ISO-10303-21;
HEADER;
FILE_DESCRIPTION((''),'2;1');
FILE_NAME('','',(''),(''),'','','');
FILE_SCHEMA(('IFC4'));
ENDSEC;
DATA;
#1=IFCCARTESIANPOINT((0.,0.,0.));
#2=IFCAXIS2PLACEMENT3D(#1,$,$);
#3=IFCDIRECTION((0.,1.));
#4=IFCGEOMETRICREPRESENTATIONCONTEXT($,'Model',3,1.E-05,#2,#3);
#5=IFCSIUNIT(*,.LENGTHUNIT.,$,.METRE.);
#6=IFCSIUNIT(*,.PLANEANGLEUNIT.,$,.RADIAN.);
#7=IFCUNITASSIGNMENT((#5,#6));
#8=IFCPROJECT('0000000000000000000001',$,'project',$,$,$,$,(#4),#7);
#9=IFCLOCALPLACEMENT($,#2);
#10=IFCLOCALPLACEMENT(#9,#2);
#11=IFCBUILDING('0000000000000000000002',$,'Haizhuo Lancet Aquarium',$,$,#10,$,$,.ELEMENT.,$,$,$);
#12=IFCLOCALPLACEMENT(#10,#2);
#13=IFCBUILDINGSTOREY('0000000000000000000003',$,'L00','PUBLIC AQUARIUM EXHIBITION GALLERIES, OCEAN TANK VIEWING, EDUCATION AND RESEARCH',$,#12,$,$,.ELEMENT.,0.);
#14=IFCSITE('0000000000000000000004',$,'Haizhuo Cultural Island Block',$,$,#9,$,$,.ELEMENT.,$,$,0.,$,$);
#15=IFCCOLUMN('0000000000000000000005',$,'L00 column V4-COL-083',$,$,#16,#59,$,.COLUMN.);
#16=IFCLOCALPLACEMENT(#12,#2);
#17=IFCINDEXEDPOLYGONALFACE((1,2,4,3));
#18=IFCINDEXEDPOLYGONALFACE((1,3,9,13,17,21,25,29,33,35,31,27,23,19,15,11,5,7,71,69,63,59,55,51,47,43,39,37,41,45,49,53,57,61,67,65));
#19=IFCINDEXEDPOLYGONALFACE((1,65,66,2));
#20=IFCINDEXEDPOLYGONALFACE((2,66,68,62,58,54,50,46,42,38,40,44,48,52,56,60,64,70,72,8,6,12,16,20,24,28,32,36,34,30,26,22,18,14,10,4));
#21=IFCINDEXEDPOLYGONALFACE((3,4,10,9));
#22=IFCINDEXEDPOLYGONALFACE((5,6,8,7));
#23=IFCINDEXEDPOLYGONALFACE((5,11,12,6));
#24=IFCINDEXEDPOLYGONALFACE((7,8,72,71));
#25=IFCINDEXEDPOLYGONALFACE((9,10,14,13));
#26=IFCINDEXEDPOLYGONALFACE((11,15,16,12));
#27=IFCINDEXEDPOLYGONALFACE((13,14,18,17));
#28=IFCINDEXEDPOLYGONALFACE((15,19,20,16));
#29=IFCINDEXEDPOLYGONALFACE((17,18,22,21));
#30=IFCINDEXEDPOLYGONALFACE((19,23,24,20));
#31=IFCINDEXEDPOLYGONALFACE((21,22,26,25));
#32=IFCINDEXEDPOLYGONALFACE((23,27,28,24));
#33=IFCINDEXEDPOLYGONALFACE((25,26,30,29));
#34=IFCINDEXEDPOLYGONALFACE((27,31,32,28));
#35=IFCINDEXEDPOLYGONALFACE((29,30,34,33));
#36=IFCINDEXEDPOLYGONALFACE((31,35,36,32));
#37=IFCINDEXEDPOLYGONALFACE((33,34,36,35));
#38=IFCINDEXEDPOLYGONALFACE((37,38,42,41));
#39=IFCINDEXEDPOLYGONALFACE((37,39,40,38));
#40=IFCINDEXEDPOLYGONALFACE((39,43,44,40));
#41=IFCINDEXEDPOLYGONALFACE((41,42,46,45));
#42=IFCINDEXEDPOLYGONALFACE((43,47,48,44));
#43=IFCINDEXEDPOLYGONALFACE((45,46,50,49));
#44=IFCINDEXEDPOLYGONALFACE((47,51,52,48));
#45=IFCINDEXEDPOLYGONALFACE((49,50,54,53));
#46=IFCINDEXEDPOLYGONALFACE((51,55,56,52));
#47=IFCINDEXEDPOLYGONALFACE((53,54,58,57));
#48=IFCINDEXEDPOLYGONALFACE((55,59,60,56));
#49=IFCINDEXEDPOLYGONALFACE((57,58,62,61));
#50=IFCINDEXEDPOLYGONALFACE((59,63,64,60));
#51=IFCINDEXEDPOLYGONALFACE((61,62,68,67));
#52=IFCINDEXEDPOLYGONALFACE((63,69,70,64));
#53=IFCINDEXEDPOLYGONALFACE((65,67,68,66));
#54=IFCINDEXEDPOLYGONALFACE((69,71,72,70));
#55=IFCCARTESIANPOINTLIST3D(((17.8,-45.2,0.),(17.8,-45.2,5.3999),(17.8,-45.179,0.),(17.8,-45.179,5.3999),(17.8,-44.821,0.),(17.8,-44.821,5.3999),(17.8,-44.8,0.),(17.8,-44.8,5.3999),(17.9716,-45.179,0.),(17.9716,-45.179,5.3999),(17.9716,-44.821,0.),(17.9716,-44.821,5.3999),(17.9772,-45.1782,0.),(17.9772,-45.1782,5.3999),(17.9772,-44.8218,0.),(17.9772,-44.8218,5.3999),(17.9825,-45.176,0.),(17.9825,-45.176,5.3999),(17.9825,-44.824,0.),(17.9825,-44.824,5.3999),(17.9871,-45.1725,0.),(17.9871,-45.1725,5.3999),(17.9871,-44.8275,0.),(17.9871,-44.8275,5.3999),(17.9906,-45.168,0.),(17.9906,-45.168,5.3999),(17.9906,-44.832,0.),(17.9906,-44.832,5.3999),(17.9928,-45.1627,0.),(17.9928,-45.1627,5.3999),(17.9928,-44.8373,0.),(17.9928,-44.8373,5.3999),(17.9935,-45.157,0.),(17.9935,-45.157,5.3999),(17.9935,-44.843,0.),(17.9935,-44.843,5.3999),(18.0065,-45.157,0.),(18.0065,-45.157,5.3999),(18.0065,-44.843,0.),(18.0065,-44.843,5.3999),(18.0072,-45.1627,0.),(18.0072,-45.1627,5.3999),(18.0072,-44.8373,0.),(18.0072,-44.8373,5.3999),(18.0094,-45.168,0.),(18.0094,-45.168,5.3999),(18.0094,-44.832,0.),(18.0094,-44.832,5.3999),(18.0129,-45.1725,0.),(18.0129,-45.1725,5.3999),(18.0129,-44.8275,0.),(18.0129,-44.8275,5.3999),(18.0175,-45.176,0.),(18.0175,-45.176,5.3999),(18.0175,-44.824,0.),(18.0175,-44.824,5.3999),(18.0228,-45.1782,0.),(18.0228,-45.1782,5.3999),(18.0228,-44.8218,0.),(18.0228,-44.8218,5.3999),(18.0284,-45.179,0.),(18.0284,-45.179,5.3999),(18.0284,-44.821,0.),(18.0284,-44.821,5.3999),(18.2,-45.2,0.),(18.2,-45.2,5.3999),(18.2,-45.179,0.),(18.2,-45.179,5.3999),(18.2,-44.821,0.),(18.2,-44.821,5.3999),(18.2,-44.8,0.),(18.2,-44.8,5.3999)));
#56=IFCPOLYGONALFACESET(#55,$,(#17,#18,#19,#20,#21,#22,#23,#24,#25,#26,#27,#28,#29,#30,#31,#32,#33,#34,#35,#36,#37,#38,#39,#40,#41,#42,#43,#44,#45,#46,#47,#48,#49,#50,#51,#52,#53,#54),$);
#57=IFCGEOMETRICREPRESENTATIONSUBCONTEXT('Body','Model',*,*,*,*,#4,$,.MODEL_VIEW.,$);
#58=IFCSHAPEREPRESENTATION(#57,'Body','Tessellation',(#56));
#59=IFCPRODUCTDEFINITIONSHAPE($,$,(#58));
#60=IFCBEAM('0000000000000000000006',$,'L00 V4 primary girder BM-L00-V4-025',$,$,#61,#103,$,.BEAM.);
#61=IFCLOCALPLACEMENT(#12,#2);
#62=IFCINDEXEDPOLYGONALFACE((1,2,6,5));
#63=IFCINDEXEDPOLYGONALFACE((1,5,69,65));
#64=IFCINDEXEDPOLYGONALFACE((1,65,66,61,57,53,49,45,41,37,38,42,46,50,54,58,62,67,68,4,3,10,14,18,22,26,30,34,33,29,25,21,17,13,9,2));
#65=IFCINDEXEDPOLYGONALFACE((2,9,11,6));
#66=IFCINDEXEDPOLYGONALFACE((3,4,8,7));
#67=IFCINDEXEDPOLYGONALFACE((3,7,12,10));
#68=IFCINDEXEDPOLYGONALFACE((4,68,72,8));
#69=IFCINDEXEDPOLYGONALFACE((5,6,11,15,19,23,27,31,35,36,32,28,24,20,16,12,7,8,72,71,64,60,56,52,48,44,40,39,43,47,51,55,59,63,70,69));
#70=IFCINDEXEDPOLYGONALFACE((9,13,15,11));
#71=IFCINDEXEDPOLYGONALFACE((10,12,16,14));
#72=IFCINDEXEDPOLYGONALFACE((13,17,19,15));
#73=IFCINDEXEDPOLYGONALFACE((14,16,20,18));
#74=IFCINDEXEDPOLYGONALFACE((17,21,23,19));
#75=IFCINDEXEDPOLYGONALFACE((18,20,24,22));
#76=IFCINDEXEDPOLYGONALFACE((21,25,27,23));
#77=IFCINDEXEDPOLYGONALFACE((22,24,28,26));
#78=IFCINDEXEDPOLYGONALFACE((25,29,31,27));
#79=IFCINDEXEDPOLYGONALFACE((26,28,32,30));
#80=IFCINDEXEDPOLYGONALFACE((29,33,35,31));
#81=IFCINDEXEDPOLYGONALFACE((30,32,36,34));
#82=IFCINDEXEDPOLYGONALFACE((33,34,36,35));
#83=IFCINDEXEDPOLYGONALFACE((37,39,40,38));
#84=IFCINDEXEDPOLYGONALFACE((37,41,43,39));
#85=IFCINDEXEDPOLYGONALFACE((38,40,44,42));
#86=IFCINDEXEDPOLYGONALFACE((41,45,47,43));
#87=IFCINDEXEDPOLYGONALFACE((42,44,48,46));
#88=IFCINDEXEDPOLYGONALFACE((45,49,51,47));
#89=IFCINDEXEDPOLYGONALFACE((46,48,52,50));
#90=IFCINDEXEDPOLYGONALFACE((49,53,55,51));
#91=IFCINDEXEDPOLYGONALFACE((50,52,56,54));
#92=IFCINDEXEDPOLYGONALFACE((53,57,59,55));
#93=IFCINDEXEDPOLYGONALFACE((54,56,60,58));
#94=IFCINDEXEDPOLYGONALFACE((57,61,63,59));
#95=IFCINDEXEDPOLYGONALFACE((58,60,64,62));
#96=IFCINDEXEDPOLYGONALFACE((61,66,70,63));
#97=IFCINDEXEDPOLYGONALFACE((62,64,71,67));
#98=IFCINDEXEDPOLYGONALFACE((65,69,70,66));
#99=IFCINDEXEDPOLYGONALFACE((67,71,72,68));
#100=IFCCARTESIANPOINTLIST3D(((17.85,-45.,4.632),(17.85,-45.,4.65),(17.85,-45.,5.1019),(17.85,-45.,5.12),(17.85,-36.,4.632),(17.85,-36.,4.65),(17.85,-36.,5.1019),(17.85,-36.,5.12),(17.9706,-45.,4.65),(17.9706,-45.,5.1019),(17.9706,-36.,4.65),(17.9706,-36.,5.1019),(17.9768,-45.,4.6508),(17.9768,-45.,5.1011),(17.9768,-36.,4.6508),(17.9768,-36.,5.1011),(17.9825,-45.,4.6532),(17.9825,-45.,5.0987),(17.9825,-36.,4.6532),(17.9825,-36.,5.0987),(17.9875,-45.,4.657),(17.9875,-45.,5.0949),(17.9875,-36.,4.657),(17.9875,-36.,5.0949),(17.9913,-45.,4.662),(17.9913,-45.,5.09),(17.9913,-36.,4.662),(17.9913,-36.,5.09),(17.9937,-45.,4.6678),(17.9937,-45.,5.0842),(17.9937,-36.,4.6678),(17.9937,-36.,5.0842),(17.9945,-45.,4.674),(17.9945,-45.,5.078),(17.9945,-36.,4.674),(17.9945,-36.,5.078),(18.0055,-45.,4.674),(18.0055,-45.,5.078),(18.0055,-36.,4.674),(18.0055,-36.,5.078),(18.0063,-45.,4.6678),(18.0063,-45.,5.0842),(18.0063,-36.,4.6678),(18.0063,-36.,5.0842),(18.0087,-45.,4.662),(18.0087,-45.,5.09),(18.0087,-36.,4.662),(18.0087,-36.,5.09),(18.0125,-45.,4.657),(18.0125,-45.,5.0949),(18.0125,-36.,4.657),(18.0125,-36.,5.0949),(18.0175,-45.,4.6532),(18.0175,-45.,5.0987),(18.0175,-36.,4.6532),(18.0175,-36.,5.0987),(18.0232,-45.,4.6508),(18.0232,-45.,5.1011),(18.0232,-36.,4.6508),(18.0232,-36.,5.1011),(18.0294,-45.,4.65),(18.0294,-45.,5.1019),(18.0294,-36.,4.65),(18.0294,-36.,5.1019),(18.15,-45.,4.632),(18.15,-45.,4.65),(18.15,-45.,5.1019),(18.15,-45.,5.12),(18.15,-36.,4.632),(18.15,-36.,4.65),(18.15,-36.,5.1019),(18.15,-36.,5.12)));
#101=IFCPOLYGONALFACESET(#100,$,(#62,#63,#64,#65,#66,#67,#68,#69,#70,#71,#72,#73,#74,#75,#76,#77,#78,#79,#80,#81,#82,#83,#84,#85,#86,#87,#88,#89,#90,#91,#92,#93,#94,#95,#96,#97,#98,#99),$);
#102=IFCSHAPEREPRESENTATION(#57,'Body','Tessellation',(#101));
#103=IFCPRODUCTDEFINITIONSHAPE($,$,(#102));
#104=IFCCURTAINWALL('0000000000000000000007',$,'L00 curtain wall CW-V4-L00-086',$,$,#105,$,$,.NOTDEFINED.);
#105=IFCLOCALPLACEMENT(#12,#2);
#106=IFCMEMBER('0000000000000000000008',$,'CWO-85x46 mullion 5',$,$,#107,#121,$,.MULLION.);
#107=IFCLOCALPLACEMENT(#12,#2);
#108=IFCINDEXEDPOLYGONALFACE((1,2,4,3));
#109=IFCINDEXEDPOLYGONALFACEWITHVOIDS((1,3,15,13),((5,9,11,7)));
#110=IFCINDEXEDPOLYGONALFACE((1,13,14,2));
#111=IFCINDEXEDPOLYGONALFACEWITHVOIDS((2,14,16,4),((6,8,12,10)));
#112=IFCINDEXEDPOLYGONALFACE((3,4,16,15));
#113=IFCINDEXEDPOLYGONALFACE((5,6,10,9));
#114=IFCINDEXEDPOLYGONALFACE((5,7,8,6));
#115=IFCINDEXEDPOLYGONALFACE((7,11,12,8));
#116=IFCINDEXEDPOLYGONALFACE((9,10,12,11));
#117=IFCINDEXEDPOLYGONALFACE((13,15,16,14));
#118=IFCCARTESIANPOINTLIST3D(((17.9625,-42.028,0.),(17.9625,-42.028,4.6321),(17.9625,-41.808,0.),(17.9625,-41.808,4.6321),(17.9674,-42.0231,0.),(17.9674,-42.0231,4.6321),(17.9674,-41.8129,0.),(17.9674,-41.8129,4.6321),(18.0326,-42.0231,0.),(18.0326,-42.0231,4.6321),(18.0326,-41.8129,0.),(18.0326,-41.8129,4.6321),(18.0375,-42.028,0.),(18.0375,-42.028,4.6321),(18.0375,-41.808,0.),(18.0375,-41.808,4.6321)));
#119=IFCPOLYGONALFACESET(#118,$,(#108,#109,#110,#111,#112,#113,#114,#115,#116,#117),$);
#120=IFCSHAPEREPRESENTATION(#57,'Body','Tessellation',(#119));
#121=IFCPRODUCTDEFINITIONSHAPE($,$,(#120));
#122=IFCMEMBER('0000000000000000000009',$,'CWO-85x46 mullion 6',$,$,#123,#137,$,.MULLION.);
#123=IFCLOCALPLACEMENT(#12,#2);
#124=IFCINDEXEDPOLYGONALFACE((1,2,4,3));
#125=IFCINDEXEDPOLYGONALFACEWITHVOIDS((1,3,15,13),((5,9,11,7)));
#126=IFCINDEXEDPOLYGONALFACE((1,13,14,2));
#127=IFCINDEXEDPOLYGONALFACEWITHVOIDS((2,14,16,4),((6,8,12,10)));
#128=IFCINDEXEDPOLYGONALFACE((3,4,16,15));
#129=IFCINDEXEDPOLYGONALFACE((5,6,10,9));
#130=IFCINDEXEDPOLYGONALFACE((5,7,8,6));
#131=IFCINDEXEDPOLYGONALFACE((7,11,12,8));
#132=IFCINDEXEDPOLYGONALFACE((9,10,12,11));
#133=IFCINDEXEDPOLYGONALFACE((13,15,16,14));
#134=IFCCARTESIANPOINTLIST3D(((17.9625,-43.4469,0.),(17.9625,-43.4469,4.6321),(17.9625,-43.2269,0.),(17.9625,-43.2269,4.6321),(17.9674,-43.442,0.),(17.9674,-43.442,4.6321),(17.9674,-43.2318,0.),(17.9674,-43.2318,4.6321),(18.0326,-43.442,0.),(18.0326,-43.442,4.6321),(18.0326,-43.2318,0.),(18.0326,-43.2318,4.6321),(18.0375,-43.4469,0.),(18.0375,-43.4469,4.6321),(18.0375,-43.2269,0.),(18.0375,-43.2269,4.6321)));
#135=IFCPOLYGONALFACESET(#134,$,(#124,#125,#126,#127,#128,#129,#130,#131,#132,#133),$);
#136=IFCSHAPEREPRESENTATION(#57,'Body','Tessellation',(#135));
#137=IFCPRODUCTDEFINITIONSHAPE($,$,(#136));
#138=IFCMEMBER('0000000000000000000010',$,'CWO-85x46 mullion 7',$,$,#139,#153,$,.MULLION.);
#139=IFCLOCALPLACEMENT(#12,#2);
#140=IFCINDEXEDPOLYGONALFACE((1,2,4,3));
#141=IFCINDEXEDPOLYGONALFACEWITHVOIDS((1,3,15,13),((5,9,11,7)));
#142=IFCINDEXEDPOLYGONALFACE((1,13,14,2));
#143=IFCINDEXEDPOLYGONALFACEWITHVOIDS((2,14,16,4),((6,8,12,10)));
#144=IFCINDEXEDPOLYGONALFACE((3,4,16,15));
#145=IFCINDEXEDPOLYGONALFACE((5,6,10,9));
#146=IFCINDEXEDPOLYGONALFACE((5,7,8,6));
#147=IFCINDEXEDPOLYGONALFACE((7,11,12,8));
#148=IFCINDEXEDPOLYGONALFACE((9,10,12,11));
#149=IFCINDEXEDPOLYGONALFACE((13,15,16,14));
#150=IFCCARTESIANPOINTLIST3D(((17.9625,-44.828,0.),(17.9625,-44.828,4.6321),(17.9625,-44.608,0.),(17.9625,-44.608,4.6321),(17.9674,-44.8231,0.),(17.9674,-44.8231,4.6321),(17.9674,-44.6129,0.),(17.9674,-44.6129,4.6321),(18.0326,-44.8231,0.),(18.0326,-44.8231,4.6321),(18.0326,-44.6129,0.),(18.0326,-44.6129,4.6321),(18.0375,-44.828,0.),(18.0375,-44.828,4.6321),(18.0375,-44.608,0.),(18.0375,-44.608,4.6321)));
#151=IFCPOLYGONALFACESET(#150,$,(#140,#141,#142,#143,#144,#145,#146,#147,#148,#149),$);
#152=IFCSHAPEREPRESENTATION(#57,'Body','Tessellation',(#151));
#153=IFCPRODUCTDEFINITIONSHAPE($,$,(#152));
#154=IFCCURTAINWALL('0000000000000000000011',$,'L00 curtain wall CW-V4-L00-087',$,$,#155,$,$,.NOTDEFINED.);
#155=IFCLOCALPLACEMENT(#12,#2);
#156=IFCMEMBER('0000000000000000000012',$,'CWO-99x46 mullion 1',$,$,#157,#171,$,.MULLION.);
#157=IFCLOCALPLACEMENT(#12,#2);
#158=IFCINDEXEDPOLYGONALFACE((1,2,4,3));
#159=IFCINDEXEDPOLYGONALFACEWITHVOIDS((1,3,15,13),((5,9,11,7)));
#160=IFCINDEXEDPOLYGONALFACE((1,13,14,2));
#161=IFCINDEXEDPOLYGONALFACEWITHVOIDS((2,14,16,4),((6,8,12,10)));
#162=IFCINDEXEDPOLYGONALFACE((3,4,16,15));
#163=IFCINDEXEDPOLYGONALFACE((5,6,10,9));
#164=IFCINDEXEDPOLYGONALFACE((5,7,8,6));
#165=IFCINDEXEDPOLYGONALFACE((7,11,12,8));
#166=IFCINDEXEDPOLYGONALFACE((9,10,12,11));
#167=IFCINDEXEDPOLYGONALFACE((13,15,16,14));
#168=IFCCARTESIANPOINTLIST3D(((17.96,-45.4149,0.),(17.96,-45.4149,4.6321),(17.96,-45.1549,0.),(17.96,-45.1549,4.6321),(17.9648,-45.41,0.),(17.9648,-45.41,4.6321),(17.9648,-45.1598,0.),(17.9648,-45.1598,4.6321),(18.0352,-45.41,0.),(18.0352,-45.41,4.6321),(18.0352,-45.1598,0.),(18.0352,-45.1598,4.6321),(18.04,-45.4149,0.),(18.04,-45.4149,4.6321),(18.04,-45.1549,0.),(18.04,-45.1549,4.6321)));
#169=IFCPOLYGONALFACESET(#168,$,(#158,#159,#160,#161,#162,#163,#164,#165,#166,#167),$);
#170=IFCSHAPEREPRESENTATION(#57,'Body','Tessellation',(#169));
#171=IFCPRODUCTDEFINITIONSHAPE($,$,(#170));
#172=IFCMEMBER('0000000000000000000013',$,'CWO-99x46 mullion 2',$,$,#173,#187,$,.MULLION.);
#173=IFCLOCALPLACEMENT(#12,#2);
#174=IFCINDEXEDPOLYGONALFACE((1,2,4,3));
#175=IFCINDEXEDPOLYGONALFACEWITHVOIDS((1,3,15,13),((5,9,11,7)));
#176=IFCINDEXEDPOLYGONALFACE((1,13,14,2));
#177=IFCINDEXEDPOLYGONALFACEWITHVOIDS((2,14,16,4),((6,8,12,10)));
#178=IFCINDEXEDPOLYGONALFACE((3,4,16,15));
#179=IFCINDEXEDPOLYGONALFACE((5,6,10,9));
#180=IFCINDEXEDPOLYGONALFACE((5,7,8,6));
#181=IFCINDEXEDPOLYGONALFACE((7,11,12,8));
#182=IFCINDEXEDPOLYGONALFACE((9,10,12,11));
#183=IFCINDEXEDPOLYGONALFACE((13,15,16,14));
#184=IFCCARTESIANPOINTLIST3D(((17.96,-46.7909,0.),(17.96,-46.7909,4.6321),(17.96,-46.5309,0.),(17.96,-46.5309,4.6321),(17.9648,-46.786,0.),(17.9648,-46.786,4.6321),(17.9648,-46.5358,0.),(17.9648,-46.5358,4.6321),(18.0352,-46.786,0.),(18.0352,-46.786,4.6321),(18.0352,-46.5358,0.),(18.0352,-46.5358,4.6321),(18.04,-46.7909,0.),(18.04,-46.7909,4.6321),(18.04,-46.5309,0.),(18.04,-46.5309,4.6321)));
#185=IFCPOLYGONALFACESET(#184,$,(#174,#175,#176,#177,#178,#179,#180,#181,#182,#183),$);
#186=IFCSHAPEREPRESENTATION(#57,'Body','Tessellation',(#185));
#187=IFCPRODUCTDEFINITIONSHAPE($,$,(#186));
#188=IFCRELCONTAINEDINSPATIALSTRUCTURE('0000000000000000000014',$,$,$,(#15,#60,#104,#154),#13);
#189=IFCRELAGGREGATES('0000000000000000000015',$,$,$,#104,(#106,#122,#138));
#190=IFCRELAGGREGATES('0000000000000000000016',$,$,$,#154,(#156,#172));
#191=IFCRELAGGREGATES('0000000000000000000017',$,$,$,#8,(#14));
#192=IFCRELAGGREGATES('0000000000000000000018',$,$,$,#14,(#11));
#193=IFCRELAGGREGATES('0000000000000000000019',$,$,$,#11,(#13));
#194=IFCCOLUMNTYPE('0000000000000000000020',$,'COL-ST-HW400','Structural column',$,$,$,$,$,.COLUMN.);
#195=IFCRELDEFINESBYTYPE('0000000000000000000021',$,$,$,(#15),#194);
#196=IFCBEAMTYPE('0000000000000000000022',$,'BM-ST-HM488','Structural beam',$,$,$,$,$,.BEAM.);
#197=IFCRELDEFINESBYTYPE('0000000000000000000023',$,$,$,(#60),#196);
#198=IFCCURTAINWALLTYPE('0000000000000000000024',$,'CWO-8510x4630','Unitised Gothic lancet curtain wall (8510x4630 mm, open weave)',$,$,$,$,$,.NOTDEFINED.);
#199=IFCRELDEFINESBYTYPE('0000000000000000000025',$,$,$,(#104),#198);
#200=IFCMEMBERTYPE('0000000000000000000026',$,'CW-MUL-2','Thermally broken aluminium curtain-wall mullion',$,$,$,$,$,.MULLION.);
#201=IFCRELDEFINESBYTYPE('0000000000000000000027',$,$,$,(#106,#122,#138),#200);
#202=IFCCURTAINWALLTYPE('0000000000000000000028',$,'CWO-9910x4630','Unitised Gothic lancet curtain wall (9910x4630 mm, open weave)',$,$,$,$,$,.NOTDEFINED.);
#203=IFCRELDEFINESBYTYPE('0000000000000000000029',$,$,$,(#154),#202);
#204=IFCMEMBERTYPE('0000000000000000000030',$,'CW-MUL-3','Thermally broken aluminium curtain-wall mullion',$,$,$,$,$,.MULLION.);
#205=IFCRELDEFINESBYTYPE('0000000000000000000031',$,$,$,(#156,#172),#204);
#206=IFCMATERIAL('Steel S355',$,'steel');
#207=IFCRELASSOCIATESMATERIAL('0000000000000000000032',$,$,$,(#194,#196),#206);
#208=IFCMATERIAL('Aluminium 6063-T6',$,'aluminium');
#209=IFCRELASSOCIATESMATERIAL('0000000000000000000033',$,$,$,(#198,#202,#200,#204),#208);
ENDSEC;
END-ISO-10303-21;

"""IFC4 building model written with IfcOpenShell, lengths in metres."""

from ifc_helpers import new_model, si_unit, direction, frame, origin, origin_2d, place, context, subcontext, project, spatial, hollow_rectangle, i_section, extrude, material, material_profile, profile_set, type_object, element, aggregate, save


model = new_model("IFC4")

# Units and contexts
model_context = context("Model", 3, precision=1e-05, world=origin(), true_north=direction((0.0, 1.0)))
body_context = subcontext(model_context, "Body", "Model", "MODEL_VIEW")
ifc_project = project(units=[si_unit("LENGTHUNIT", "METRE"), si_unit("PLANEANGLEUNIT", "RADIAN")], contexts=[model_context])

# Site, building, storey
site_placement = place(None, origin())
site = spatial("IfcSite", under=ifc_project, at=site_placement, Name="Haizhuo Cultural Island Block", CompositionType="ELEMENT", RefElevation=0.0)
building_placement = place(site_placement, origin())
building = spatial("IfcBuilding", under=site, at=building_placement, Name="Haizhuo Lancet Aquarium", CompositionType="ELEMENT")
storey_placement = place(building_placement, origin())
storey = spatial("IfcBuildingStorey", under=building, at=storey_placement, Name="L00", Description="PUBLIC AQUARIUM EXHIBITION GALLERIES, OCEAN TANK VIEWING, EDUCATION AND RESEARCH", CompositionType="ELEMENT", Elevation=0.0)

# Column
ifc_material_1 = material(Name="Steel S355", Category="steel")
ifc_material_profile_1 = material_profile(ifc_material_1, i_section(OverallWidth=0.3999, OverallDepth=0.3999, WebThickness=0.0129, FlangeThickness=0.021, FilletRadius=0.022, at=origin_2d()), Name="HW 400x400x13x21")
ifc_profile_set_1 = profile_set([ifc_material_profile_1], Name="Steel S355")
column_type = type_object("IfcColumnType", Name="COL-ST-HW400", Description="Structural column", PredefinedType="COLUMN", material=ifc_profile_set_1)
column_placement = place(storey_placement, frame((18.0, -45.0, 0.0), z_axis=(0.0, 0.0, 1.0), x_axis=(1.0, 0.0, 0.0)))
element("IfcColumn", 1, at=column_placement, inside=storey, type_object=column_type, Name="L00 column V4-COL-083", PredefinedType="COLUMN", context=body_context, shape_type="SweptSolid", body=[
    extrude(i_section(OverallWidth=0.3999, OverallDepth=0.3999, WebThickness=0.0129, FlangeThickness=0.021, FilletRadius=0.022, at=origin_2d()), origin(), (0.0, 0.0, 1.0), 5.3999),
])

# Beam
ifc_material_profile_2 = material_profile(ifc_material_1, i_section(OverallWidth=0.3, OverallDepth=0.488, WebThickness=0.011, FlangeThickness=0.0181, FilletRadius=0.0239, at=origin_2d()), Name="HM 488x300x11x18")
ifc_profile_set_2 = profile_set([ifc_material_profile_2], Name="Steel S355")
beam_type = type_object("IfcBeamType", Name="BM-ST-HM488", Description="Structural beam", PredefinedType="BEAM", material=ifc_profile_set_2)
beam_placement = place(storey_placement, frame((18.0, -45.0, 4.876), z_axis=(0.0, 1.0, 0.0), x_axis=(-1.0, 0.0, 0.0)))
element("IfcBeam", 2, at=beam_placement, inside=storey, type_object=beam_type, Name="L00 V4 primary girder BM-L00-V4-025", PredefinedType="BEAM", context=body_context, shape_type="SweptSolid", body=[
    extrude(i_section(OverallWidth=0.3, OverallDepth=0.488, WebThickness=0.011, FlangeThickness=0.0181, FilletRadius=0.0239, at=origin_2d()), origin(), (0.0, 0.0, 1.0), 9.0),
])

# Curtain walls, members
ifc_material_2 = material(Name="Aluminium 6063-T6", Category="aluminium")
curtain_wall_type_1 = type_object("IfcCurtainWallType", Name="CWO-8510x4630", Description="Unitised Gothic lancet curtain wall (8510x4630 mm, open weave)", PredefinedType="NOTDEFINED", material=ifc_material_2)
curtain_wall_1_placement = place(storey_placement, origin())
curtain_wall_1 = element("IfcCurtainWall", 3, at=curtain_wall_1_placement, inside=storey, type_object=curtain_wall_type_1, Name="L00 curtain wall CW-V4-L00-086", PredefinedType="NOTDEFINED")
ifc_material_profile_3 = material_profile(ifc_material_2, hollow_rectangle(XDim=0.075, YDim=0.22, WallThickness=0.0049, at=origin_2d()), Name="ALU-M 75x220x5")
ifc_profile_set_3 = profile_set([ifc_material_profile_3], Name="Aluminium 6063-T6")
member_type_1 = type_object("IfcMemberType", Name="CW-MUL-2", Description="Thermally broken aluminium curtain-wall mullion", PredefinedType="MULLION", material=ifc_profile_set_3)
member_1_placement = place(storey_placement, frame((18.0, -41.918, 0.0), z_axis=(0.0, 0.0, 1.0), x_axis=(1.0, 0.0, 0.0)))
member_1 = element("IfcMember", 4, at=member_1_placement, type_object=member_type_1, Name="CWO-85x46 mullion 5", PredefinedType="MULLION", context=body_context, shape_type="SweptSolid", body=[
    extrude(hollow_rectangle(XDim=0.075, YDim=0.22, WallThickness=0.0049, at=origin_2d()), origin(), (0.0, 0.0, 1.0), 4.6321),
])
member_2_placement = place(storey_placement, frame((18.0, -43.3369, 0.0), z_axis=(0.0, 0.0, 1.0), x_axis=(1.0, 0.0, 0.0)))
member_2 = element("IfcMember", 5, at=member_2_placement, type_object=member_type_1, Name="CWO-85x46 mullion 6", PredefinedType="MULLION", context=body_context, shape_type="SweptSolid", body=[
    extrude(hollow_rectangle(XDim=0.075, YDim=0.22, WallThickness=0.0049, at=origin_2d()), origin(), (0.0, 0.0, 1.0), 4.6321),
])
member_3_placement = place(storey_placement, frame((18.0, -44.718, 0.0), z_axis=(0.0, 0.0, 1.0), x_axis=(1.0, 0.0, 0.0)))
member_3 = element("IfcMember", 6, at=member_3_placement, type_object=member_type_1, Name="CWO-85x46 mullion 7", PredefinedType="MULLION", context=body_context, shape_type="SweptSolid", body=[
    extrude(hollow_rectangle(XDim=0.075, YDim=0.22, WallThickness=0.0049, at=origin_2d()), origin(), (0.0, 0.0, 1.0), 4.6321),
])
curtain_wall_type_2 = type_object("IfcCurtainWallType", Name="CWO-9910x4630", Description="Unitised Gothic lancet curtain wall (9910x4630 mm, open weave)", PredefinedType="NOTDEFINED", material=ifc_material_2)
curtain_wall_2_placement = place(storey_placement, origin())
curtain_wall_2 = element("IfcCurtainWall", 7, at=curtain_wall_2_placement, inside=storey, type_object=curtain_wall_type_2, Name="L00 curtain wall CW-V4-L00-087", PredefinedType="NOTDEFINED")
ifc_material_profile_4 = material_profile(ifc_material_2, hollow_rectangle(XDim=0.0801, YDim=0.26, WallThickness=0.0049, at=origin_2d()), Name="ALU-M 80x260x5")
ifc_profile_set_4 = profile_set([ifc_material_profile_4], Name="Aluminium 6063-T6")
member_type_2 = type_object("IfcMemberType", Name="CW-MUL-3", Description="Thermally broken aluminium curtain-wall mullion", PredefinedType="MULLION", material=ifc_profile_set_4)
member_4_placement = place(storey_placement, frame((18.0, -45.2849, 0.0), z_axis=(0.0, 0.0, 1.0), x_axis=(1.0, 0.0, 0.0)))
member_4 = element("IfcMember", 8, at=member_4_placement, type_object=member_type_2, Name="CWO-99x46 mullion 1", PredefinedType="MULLION", context=body_context, shape_type="SweptSolid", body=[
    extrude(hollow_rectangle(XDim=0.0801, YDim=0.26, WallThickness=0.0049, at=origin_2d()), origin(), (0.0, 0.0, 1.0), 4.6321),
])
member_5_placement = place(storey_placement, frame((18.0, -46.6609, 0.0), z_axis=(0.0, 0.0, 1.0), x_axis=(1.0, 0.0, 0.0)))
member_5 = element("IfcMember", 9, at=member_5_placement, type_object=member_type_2, Name="CWO-99x46 mullion 2", PredefinedType="MULLION", context=body_context, shape_type="SweptSolid", body=[
    extrude(hollow_rectangle(XDim=0.0801, YDim=0.26, WallThickness=0.0049, at=origin_2d()), origin(), (0.0, 0.0, 1.0), 4.6321),
])

aggregate(curtain_wall_1, [member_1, member_2, member_3])
aggregate(curtain_wall_2, [member_4, member_5])

save(model, "model.ifc")
